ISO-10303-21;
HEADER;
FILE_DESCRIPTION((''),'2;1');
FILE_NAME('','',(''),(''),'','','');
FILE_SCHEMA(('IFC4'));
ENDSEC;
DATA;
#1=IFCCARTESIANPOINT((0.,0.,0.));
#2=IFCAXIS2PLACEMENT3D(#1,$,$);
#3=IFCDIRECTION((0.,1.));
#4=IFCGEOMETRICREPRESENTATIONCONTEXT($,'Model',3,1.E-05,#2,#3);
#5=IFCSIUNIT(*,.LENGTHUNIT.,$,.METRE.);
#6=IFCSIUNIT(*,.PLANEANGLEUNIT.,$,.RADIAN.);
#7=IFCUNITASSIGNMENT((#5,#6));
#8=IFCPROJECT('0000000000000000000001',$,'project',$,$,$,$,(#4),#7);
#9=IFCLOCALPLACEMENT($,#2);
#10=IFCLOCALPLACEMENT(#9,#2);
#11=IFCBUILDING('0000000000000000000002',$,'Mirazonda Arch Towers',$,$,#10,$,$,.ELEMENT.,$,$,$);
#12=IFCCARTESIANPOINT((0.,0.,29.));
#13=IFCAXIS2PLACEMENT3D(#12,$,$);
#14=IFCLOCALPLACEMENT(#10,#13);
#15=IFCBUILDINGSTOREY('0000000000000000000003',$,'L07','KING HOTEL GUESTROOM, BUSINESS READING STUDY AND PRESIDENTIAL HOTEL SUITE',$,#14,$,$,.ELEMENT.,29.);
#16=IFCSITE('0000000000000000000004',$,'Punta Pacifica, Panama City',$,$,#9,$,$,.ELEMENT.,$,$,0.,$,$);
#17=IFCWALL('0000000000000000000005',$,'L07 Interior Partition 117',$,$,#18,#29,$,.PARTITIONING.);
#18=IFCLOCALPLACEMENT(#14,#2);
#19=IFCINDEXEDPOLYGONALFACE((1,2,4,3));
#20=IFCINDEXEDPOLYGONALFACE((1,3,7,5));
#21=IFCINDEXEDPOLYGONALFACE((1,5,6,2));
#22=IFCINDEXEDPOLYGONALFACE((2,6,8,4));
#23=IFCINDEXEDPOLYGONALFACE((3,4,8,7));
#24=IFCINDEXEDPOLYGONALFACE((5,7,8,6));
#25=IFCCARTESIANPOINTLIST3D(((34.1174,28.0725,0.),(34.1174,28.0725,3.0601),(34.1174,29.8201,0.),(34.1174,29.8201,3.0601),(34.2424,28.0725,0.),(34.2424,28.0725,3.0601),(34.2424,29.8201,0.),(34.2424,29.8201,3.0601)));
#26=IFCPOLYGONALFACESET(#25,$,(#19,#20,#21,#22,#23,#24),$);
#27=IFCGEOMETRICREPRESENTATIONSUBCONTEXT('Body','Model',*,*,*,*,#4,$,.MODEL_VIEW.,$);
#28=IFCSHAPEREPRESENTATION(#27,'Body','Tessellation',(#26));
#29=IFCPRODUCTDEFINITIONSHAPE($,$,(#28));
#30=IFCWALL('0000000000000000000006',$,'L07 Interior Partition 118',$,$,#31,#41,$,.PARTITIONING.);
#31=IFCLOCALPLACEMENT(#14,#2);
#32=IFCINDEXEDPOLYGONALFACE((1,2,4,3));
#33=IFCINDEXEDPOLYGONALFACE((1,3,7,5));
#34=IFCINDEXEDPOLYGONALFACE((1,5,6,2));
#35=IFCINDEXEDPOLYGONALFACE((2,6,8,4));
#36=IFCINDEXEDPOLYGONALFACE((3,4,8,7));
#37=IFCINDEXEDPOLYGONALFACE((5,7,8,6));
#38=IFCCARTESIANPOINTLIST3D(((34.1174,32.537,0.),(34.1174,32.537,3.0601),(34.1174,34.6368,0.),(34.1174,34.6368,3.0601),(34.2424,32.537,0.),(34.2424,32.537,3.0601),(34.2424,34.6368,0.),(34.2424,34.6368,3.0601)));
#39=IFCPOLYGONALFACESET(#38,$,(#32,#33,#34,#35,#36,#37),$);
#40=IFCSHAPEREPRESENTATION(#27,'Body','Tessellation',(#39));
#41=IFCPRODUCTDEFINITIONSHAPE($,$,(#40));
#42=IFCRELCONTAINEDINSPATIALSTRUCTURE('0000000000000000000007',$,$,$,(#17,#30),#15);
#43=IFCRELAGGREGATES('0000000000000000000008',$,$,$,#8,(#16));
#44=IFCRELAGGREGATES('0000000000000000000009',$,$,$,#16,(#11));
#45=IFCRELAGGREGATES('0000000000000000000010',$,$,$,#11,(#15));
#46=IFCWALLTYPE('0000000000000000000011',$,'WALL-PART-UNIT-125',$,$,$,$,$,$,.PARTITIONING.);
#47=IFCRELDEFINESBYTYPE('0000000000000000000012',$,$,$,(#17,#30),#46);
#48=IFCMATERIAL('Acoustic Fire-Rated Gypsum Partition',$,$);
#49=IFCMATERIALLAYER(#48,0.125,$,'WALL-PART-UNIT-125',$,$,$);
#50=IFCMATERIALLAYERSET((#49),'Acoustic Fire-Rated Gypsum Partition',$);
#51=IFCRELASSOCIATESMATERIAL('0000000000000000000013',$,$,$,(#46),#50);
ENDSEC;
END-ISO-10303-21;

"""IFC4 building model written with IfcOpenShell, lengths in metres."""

from ifc_helpers import new_model, si_unit, direction, frame, frame_2d, origin, place, context, subcontext, project, spatial, rectangle, extrude, material, layer, layer_set, type_object, element, save


model = new_model("IFC4")

# Units and contexts
model_context = context("Model", 3, precision=1e-05, world=origin(), true_north=direction((0.0, 1.0)))
body_context = subcontext(model_context, "Body", "Model", "MODEL_VIEW")
ifc_project = project(units=[si_unit("LENGTHUNIT", "METRE"), si_unit("PLANEANGLEUNIT", "RADIAN")], contexts=[model_context])

# Site, building, storey
site_placement = place(None, origin())
site = spatial("IfcSite", under=ifc_project, at=site_placement, Name="Punta Pacifica, Panama City", CompositionType="ELEMENT", RefElevation=0.0)
building_placement = place(site_placement, origin())
building = spatial("IfcBuilding", under=site, at=building_placement, Name="Mirazonda Arch Towers", CompositionType="ELEMENT")
storey_placement = place(building_placement, frame((0.0, 0.0, 29.0)))
storey = spatial("IfcBuildingStorey", under=building, at=storey_placement, Name="L07", Description="KING HOTEL GUESTROOM, BUSINESS READING STUDY AND PRESIDENTIAL HOTEL SUITE", CompositionType="ELEMENT", Elevation=29.0)

# Walls
ifc_material_1 = material(Name="Acoustic Fire-Rated Gypsum Partition")
ifc_layer_1 = layer(ifc_material_1, 0.125, Name="WALL-PART-UNIT-125")
ifc_layer_set_1 = layer_set([ifc_layer_1], Name="Acoustic Fire-Rated Gypsum Partition")
wall_type_1 = type_object("IfcWallType", Name="WALL-PART-UNIT-125", PredefinedType="PARTITIONING", material=ifc_layer_set_1)
for number, where, z_axis, x_axis, name in (
    (1, (34.1799, 28.0725, 0.0), (0.0, 0.0, 1.0), (0.0, 1.0, 0.0), "L07 Interior Partition 117"),
):
    element("IfcWall", number, at=place(storey_placement, frame(where, z_axis=z_axis, x_axis=x_axis)), inside=storey, type_object=wall_type_1, Name=name, PredefinedType="PARTITIONING", context=body_context, shape_type="SweptSolid", body=[
        extrude(rectangle(XDim=1.7476, YDim=0.125, at=frame_2d((0.8738, 0.0))), origin(), (0.0, 0.0, 1.0), 3.0601),
    ])
wall_1_placement = place(storey_placement, frame((34.1799, 32.5371, 0.0), z_axis=(0.0, 0.0, 1.0), x_axis=(0.0, 1.0, 0.0)))
element("IfcWall", 2, at=wall_1_placement, inside=storey, type_object=wall_type_1, Name="L07 Interior Partition 118", PredefinedType="PARTITIONING", context=body_context, shape_type="SweptSolid", body=[
    extrude(rectangle(XDim=2.0999, YDim=0.125, at=frame_2d((1.0498, 0.0))), origin(), (0.0, 0.0, 1.0), 3.0601),
])

save(model, "model.ifc")
